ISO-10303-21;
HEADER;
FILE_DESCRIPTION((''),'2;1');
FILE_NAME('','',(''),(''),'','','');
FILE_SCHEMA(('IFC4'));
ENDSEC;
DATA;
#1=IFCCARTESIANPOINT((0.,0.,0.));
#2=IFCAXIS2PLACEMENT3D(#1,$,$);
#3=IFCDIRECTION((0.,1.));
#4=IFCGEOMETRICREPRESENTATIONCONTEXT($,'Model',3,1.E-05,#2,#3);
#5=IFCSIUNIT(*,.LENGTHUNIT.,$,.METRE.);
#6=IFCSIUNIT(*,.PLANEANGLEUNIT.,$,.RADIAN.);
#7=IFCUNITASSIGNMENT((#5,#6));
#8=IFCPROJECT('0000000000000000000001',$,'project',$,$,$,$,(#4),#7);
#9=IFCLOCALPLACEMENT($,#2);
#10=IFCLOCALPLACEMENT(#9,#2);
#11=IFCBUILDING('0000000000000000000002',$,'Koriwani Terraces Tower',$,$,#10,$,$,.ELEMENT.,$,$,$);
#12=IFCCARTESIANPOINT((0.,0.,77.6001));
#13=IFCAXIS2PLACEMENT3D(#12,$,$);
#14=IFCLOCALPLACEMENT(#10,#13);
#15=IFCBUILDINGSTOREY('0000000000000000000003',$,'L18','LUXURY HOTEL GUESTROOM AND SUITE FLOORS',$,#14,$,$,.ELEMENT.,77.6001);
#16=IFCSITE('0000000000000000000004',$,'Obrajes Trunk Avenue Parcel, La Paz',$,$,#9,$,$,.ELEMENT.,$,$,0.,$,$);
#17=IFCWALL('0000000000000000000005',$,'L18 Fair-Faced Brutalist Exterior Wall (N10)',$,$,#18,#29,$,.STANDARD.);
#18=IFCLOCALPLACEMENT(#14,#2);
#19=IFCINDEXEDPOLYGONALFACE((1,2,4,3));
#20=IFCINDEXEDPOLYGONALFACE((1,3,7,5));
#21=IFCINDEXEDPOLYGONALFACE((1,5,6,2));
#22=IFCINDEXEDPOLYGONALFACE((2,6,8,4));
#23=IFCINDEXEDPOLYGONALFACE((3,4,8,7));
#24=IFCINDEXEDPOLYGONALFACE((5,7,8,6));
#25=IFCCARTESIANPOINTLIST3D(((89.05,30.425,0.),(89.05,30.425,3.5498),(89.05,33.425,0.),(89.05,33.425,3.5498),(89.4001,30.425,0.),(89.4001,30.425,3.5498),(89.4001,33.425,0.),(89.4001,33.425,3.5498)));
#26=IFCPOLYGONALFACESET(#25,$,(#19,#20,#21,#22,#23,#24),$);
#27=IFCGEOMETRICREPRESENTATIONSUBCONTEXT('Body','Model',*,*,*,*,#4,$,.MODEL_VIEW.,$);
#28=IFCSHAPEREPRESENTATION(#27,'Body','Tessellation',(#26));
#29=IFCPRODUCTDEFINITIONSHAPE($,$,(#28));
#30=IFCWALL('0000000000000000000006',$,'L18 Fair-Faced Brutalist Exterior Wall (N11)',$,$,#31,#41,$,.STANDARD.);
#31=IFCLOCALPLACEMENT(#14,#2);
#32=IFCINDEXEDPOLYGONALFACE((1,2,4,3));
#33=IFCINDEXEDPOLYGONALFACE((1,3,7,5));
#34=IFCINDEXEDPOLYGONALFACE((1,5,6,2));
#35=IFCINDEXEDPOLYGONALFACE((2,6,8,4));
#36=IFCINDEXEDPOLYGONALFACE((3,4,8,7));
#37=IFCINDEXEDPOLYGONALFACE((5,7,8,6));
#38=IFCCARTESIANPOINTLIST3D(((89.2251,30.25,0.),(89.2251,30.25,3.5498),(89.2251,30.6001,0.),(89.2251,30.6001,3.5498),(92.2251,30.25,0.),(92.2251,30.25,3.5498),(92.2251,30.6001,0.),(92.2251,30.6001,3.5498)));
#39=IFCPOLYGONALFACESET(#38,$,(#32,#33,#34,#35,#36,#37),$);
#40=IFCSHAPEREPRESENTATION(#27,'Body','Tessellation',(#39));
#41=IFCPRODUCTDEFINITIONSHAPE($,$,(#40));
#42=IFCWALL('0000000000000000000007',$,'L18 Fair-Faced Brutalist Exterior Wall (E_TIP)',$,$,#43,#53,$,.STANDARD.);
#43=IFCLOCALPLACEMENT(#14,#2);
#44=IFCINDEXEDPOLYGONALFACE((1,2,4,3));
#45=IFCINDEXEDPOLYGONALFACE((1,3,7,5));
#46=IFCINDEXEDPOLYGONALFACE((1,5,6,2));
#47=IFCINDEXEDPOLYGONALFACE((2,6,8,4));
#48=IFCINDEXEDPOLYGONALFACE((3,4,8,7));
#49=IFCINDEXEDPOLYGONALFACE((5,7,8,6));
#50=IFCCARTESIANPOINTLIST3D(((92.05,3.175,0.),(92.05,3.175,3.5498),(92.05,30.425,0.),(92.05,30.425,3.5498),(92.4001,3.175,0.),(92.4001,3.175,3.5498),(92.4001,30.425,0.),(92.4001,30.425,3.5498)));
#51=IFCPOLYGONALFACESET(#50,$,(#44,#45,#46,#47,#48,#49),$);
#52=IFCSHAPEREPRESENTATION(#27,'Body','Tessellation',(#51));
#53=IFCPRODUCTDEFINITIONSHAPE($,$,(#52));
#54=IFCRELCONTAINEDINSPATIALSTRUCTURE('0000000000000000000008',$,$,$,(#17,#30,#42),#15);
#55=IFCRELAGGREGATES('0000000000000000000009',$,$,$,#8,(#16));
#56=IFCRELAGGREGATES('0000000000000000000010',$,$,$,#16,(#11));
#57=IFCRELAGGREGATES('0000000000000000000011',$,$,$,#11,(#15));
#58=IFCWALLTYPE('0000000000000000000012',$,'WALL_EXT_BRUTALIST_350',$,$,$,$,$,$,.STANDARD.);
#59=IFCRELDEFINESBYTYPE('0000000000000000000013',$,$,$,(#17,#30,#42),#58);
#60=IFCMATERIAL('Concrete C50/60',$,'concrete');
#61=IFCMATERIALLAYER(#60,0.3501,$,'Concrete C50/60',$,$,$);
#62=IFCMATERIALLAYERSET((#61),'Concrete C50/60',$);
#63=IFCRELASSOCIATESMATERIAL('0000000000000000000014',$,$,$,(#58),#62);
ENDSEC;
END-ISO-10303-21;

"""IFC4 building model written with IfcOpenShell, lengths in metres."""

from ifc_helpers import new_model, si_unit, direction, frame, frame_2d, origin, place, context, subcontext, project, spatial, rectangle, extrude, material, layer, layer_set, type_object, element, save


model = new_model("IFC4")

# Units and contexts
model_context = context("Model", 3, precision=1e-05, world=origin(), true_north=direction((0.0, 1.0)))
body_context = subcontext(model_context, "Body", "Model", "MODEL_VIEW")
ifc_project = project(units=[si_unit("LENGTHUNIT", "METRE"), si_unit("PLANEANGLEUNIT", "RADIAN")], contexts=[model_context])

# Site, building, storey
site_placement = place(None, origin())
site = spatial("IfcSite", under=ifc_project, at=site_placement, Name="Obrajes Trunk Avenue Parcel, La Paz", CompositionType="ELEMENT", RefElevation=0.0)
building_placement = place(site_placement, origin())
building = spatial("IfcBuilding", under=site, at=building_placement, Name="Koriwani Terraces Tower", CompositionType="ELEMENT")
storey_placement = place(building_placement, frame((0.0, 0.0, 77.6001)))
storey = spatial("IfcBuildingStorey", under=building, at=storey_placement, Name="L18", Description="LUXURY HOTEL GUESTROOM AND SUITE FLOORS", CompositionType="ELEMENT", Elevation=77.6001)

# Shared definitions
ifc_material_1 = material(Name="Concrete C50/60", Category="concrete")
ifc_layer_1 = layer(ifc_material_1, 0.3501, Name="Concrete C50/60")
ifc_layer_set_1 = layer_set([ifc_layer_1], Name="Concrete C50/60")
wall_type = type_object("IfcWallType", Name="WALL_EXT_BRUTALIST_350", PredefinedType="STANDARD", material=ifc_layer_set_1)

# Walls
for number, where, z_axis, x_axis, name in (
    (1, (89.2251, 33.425, 0.0), (0.0, 0.0, 1.0), (0.0, -1.0, 0.0), "L18 Fair-Faced Brutalist Exterior Wall (N10)"),
    (2, (89.2251, 30.425, 0.0), (0.0, 0.0, 1.0), (1.0, 0.0, 0.0), "L18 Fair-Faced Brutalist Exterior Wall (N11)"),
):
    element("IfcWall", number, at=place(storey_placement, frame(where, z_axis=z_axis, x_axis=x_axis)), inside=storey, type_object=wall_type, Name=name, PredefinedType="STANDARD", context=body_context, shape_type="SweptSolid", body=[
        extrude(rectangle(XDim=3.0, YDim=0.3501, at=frame_2d((1.5, 0.0))), origin(), (0.0, 0.0, 1.0), 3.5498),
    ])
wall_1_placement = place(storey_placement, frame((92.2251, 30.425, 0.0), z_axis=(0.0, 0.0, 1.0), x_axis=(0.0, -1.0, 0.0)))
element("IfcWall", 3, at=wall_1_placement, inside=storey, type_object=wall_type, Name="L18 Fair-Faced Brutalist Exterior Wall (E_TIP)", PredefinedType="STANDARD", context=body_context, shape_type="SweptSolid", body=[
    extrude(rectangle(XDim=27.25, YDim=0.3501, at=frame_2d((13.625, 0.0))), origin(), (0.0, 0.0, 1.0), 3.5498),
])

save(model, "model.ifc")
